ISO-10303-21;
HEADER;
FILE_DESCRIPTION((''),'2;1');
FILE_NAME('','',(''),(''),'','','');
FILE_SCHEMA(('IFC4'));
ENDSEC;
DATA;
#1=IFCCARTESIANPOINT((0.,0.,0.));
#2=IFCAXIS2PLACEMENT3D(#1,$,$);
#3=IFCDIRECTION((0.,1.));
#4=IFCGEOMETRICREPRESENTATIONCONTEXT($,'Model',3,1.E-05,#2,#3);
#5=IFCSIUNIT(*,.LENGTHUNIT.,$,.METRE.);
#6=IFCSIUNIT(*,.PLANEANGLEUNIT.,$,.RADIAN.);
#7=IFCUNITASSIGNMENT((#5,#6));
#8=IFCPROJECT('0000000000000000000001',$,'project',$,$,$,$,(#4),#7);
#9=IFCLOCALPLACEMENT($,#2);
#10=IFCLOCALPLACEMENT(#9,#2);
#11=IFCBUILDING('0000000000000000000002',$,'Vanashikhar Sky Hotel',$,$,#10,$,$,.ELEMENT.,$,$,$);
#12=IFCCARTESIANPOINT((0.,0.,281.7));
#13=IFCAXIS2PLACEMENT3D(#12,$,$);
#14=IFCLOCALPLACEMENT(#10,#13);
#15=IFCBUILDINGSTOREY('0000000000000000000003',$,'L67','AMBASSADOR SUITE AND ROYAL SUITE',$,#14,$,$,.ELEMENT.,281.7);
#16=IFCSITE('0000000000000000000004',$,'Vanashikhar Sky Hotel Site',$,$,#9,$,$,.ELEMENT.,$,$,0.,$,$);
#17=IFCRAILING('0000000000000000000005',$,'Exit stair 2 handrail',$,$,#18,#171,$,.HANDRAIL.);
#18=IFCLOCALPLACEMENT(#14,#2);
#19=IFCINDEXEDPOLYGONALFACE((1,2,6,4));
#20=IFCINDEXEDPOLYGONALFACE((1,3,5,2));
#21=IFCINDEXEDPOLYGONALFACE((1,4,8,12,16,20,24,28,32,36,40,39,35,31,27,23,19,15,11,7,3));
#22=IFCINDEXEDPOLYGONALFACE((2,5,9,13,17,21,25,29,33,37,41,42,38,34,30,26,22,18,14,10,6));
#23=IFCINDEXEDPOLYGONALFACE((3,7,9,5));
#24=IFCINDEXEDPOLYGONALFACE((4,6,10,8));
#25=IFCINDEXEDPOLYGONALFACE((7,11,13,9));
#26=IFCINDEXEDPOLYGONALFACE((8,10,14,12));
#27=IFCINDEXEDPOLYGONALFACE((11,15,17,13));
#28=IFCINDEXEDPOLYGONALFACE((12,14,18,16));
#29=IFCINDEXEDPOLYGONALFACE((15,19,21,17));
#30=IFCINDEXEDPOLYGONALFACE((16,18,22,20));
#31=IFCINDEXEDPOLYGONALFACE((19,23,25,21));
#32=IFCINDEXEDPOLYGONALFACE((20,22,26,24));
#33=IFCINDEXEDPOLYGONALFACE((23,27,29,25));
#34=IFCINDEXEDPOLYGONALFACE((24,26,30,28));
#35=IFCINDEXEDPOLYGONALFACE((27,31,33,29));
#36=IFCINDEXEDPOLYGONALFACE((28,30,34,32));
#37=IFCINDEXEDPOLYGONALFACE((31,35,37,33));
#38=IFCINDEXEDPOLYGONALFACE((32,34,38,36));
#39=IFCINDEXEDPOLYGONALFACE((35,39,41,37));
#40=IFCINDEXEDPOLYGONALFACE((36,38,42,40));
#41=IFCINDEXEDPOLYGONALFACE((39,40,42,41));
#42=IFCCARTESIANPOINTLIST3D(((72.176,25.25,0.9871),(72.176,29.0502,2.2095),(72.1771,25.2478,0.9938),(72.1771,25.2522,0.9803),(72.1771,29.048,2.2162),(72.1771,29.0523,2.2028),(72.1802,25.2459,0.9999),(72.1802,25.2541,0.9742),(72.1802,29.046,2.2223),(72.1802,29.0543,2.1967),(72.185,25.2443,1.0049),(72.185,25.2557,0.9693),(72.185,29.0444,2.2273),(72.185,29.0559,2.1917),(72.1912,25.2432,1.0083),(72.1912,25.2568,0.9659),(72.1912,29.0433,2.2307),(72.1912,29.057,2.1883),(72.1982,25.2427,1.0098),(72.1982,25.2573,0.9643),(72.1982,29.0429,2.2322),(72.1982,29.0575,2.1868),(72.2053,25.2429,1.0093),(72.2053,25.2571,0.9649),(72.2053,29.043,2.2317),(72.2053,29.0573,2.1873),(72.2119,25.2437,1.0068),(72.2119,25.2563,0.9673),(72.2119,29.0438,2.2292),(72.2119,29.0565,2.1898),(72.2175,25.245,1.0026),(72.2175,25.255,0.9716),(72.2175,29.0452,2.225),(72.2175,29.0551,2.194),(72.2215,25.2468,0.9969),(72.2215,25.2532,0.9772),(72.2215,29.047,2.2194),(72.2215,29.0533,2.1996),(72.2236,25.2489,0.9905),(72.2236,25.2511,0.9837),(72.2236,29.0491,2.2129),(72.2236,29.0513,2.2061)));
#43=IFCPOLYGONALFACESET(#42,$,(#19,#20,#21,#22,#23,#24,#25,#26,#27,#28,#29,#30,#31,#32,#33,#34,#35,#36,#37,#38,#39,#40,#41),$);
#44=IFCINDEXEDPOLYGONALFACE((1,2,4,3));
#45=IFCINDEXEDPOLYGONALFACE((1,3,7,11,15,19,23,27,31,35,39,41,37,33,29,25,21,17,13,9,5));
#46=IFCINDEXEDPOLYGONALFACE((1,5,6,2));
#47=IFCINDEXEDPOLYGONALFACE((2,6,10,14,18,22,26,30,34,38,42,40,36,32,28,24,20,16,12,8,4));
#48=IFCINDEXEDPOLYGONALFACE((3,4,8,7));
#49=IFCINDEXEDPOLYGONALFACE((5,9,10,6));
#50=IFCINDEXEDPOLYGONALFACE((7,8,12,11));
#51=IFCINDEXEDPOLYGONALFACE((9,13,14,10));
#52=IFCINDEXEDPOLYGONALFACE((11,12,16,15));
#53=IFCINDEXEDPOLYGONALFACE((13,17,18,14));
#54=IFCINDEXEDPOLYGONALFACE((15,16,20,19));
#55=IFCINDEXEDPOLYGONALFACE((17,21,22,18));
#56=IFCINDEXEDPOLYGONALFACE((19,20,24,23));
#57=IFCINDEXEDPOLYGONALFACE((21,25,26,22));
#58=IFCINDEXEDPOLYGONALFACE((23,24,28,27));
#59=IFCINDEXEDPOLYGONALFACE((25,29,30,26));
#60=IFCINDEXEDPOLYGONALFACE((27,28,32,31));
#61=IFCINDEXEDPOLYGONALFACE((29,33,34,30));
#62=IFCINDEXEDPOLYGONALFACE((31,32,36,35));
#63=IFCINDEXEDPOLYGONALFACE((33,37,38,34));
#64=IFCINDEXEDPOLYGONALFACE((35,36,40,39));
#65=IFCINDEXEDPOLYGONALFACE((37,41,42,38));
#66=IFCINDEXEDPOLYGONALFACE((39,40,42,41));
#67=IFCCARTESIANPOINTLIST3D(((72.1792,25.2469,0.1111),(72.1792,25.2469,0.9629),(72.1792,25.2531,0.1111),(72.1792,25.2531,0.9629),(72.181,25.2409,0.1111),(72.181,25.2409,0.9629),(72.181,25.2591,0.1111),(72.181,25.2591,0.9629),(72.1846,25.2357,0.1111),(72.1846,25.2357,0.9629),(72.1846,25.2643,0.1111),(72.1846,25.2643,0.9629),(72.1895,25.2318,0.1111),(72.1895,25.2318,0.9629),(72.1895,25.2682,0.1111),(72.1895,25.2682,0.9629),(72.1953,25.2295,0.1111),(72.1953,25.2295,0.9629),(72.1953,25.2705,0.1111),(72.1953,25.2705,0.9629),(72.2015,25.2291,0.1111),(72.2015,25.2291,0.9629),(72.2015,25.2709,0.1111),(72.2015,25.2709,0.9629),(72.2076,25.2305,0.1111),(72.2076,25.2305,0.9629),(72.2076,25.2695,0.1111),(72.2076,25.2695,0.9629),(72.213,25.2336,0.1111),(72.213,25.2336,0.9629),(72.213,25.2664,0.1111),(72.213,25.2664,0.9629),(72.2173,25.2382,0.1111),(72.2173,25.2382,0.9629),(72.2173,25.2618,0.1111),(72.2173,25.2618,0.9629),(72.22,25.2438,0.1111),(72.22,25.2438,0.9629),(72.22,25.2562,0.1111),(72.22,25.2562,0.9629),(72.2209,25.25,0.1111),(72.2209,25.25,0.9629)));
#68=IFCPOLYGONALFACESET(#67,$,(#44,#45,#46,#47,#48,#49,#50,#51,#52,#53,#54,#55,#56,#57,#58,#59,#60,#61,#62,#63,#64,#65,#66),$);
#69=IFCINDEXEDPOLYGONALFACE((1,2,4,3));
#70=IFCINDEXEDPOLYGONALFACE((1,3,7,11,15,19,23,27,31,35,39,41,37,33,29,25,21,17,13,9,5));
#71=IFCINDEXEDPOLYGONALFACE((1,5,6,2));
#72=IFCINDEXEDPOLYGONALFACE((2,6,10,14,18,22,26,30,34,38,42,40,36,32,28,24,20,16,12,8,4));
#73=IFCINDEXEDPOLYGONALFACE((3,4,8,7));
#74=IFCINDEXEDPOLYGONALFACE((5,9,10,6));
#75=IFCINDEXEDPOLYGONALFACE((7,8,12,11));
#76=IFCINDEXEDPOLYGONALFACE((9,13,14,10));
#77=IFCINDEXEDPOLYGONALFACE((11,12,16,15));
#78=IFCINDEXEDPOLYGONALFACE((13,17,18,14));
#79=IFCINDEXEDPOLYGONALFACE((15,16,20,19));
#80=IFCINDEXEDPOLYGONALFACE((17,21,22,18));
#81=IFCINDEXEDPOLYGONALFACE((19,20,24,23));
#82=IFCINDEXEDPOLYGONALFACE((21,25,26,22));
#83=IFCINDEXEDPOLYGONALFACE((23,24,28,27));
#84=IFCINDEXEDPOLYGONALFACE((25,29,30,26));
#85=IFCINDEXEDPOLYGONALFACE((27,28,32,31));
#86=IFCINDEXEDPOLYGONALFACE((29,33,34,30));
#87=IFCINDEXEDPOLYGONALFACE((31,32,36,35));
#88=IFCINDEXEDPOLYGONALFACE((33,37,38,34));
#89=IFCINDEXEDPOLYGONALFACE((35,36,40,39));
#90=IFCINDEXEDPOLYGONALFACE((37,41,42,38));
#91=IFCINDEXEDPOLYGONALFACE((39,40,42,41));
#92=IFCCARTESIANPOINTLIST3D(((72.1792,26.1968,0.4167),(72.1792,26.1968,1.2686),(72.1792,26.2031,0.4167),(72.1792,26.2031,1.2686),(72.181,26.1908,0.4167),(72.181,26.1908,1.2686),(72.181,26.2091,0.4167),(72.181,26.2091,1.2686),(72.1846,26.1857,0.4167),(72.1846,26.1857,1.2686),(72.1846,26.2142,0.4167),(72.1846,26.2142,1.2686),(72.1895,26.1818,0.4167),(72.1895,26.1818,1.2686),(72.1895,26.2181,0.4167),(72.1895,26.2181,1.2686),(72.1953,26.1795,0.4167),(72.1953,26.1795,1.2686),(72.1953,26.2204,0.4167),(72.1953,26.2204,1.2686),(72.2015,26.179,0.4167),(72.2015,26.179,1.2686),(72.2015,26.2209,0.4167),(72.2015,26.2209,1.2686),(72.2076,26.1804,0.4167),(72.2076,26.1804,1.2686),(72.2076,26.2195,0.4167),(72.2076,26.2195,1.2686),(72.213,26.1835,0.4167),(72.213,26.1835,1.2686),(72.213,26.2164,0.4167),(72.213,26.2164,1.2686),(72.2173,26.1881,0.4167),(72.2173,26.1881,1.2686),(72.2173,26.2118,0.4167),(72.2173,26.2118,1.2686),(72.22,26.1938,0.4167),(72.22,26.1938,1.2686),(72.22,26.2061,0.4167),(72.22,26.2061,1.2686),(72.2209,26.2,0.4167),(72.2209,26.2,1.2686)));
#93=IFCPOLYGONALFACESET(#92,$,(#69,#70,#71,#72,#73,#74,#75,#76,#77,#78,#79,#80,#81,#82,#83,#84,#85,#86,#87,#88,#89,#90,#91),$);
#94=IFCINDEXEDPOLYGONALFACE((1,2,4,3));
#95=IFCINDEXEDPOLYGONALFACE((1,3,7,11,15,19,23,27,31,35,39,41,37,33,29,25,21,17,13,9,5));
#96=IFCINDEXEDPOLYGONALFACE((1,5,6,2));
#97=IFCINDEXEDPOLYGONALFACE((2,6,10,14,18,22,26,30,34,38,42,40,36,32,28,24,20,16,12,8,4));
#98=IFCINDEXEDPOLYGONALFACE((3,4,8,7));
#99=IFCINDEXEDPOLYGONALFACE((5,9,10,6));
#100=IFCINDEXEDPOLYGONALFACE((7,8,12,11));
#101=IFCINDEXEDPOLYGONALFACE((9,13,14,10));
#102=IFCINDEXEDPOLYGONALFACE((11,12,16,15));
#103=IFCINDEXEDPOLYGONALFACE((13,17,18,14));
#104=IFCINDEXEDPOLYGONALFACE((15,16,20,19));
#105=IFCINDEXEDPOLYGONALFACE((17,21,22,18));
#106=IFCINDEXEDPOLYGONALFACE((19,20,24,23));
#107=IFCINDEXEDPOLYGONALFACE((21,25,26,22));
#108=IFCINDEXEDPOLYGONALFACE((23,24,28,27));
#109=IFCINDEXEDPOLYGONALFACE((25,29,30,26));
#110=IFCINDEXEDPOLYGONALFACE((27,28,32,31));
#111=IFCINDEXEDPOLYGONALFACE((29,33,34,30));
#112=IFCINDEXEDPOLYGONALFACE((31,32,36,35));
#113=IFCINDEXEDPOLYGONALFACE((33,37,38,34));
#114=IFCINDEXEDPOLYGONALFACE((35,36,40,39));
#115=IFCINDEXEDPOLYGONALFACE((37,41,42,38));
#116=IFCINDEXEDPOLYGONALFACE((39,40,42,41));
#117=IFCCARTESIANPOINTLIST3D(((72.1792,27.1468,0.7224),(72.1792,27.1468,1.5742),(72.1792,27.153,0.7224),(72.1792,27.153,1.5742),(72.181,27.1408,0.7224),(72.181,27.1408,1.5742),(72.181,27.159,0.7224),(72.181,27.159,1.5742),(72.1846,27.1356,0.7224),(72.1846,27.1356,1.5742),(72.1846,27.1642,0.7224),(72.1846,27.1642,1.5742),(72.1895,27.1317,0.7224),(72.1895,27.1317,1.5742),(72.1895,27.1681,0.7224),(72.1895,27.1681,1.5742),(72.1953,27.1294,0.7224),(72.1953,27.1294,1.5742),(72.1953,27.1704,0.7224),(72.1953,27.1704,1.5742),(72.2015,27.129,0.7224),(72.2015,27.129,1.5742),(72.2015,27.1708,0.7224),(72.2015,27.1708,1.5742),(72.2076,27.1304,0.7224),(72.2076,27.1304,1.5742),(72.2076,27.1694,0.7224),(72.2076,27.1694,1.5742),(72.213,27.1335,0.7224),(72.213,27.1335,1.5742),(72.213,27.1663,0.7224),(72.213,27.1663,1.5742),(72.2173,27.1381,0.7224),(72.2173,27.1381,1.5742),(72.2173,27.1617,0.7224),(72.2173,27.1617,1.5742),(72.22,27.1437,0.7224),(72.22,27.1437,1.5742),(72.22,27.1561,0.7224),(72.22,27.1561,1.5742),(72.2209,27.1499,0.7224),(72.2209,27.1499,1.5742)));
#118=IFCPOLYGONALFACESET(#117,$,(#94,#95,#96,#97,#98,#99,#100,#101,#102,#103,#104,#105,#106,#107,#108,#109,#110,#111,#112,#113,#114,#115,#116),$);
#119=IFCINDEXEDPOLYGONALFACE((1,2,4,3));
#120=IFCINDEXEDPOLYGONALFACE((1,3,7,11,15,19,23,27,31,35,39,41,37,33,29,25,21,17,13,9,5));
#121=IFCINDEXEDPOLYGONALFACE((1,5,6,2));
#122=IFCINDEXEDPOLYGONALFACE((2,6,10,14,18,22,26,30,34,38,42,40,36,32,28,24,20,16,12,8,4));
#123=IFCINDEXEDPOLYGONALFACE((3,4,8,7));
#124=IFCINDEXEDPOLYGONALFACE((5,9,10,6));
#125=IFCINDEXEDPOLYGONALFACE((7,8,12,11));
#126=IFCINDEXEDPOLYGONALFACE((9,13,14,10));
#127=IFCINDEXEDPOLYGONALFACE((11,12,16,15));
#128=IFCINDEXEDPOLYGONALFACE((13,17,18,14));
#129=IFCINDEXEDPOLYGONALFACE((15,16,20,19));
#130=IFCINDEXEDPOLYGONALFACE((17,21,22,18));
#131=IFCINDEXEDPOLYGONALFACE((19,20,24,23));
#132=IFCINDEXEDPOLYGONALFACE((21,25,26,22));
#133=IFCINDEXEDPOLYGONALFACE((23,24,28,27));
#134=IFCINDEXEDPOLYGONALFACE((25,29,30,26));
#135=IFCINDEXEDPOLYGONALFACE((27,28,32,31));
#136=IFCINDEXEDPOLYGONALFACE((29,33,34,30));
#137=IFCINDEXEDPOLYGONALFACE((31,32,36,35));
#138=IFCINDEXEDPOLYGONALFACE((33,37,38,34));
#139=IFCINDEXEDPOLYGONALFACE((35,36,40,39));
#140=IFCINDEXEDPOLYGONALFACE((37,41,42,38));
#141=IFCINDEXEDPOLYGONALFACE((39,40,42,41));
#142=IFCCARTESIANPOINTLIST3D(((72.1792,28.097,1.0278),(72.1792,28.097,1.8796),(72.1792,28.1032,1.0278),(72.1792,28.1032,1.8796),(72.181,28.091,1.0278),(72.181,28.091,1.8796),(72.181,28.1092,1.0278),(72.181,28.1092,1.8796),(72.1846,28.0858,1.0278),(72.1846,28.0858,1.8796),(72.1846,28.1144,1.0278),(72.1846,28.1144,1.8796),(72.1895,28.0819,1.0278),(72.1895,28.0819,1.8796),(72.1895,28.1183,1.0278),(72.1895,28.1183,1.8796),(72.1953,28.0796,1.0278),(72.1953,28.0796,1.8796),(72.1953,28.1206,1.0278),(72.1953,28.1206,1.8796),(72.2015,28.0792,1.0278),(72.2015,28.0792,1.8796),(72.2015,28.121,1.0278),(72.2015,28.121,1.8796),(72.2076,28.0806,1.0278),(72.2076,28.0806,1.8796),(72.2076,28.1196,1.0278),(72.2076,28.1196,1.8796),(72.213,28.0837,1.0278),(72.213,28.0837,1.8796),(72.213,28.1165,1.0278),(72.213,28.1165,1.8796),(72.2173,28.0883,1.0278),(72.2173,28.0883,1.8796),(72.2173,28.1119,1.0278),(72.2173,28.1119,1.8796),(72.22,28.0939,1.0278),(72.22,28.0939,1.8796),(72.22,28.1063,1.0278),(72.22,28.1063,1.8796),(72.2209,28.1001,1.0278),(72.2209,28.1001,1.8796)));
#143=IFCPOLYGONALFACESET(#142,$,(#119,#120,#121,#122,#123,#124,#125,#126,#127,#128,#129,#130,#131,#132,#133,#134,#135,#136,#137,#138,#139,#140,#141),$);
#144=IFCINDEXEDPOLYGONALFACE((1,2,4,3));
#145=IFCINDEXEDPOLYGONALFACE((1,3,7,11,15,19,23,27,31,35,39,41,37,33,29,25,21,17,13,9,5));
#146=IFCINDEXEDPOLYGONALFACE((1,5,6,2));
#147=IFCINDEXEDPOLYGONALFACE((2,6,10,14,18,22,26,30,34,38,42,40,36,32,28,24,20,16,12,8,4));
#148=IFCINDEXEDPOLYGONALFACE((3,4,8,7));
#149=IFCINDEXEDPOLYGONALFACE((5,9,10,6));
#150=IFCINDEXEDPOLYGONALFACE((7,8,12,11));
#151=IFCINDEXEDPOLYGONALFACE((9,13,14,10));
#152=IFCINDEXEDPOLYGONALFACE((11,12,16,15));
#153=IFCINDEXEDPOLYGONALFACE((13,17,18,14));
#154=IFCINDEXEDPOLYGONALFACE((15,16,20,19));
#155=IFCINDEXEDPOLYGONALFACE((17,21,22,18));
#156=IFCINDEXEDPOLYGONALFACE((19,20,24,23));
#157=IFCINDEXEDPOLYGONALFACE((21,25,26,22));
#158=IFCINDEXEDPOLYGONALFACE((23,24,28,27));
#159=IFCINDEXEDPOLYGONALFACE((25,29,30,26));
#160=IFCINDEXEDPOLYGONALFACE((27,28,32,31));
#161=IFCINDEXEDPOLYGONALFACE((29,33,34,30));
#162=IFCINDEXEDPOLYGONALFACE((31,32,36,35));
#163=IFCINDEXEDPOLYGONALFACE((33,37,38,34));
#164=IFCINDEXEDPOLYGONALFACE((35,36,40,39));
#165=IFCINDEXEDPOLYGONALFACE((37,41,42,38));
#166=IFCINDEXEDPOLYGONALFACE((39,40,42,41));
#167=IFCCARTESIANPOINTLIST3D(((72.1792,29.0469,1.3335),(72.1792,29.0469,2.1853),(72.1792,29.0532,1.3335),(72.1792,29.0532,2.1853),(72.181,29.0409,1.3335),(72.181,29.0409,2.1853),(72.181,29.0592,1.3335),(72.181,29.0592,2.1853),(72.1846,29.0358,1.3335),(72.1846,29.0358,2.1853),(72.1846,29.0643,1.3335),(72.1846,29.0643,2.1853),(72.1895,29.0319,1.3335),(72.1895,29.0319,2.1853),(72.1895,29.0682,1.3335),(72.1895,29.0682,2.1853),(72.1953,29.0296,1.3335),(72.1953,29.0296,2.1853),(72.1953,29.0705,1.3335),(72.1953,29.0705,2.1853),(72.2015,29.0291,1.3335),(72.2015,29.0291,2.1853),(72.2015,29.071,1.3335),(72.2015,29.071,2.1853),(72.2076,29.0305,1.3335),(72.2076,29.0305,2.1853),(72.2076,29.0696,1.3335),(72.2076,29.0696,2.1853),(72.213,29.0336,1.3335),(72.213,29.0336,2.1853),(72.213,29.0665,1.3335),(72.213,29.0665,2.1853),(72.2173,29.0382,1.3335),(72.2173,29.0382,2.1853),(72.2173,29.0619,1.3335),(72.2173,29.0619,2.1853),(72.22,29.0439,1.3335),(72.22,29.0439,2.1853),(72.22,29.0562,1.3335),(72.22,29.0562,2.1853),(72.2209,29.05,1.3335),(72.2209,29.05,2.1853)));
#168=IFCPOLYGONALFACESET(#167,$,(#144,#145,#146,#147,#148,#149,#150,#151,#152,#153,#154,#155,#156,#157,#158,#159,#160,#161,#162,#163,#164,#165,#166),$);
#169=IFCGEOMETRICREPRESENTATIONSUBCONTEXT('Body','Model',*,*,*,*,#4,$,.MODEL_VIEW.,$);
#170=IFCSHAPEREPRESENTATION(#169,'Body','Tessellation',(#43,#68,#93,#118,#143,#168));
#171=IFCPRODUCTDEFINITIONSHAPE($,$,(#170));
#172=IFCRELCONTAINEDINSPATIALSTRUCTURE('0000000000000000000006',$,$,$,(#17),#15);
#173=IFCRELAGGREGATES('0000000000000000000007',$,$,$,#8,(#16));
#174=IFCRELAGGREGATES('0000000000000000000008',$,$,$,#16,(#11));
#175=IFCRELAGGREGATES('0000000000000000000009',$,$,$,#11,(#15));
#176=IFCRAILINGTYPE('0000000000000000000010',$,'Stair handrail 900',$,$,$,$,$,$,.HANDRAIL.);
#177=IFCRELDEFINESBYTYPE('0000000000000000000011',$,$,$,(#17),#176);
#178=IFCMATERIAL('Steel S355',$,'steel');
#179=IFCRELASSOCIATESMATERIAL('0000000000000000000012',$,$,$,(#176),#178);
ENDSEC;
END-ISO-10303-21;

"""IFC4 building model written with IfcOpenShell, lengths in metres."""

from ifc_helpers import new_model, si_unit, direction, frame, origin, origin_2d, place, context, subcontext, project, spatial, circle, extrude, source, transform, mapped, material, type_object, element, save


model = new_model("IFC4")

# Units and contexts
model_context = context("Model", 3, precision=1e-05, world=origin(), true_north=direction((0.0, 1.0)))
body_context = subcontext(model_context, "Body", "Model", "MODEL_VIEW")
ifc_project = project(units=[si_unit("LENGTHUNIT", "METRE"), si_unit("PLANEANGLEUNIT", "RADIAN")], contexts=[model_context])

# Site, building, storey
site_placement = place(None, origin())
site = spatial("IfcSite", under=ifc_project, at=site_placement, Name="Vanashikhar Sky Hotel Site", CompositionType="ELEMENT", RefElevation=0.0)
building_placement = place(site_placement, origin())
building = spatial("IfcBuilding", under=site, at=building_placement, Name="Vanashikhar Sky Hotel", CompositionType="ELEMENT")
storey_placement = place(building_placement, frame((0.0, 0.0, 281.7)))
storey = spatial("IfcBuildingStorey", under=building, at=storey_placement, Name="L67", Description="AMBASSADOR SUITE AND ROYAL SUITE", CompositionType="ELEMENT", Elevation=281.7)

# Railing
ifc_material_1 = material(Name="Steel S355", Category="steel")
railing_type_1 = type_object("IfcRailingType", Name="Stair handrail 900", PredefinedType="HANDRAIL", material=ifc_material_1)
shared_shape_1 = source(origin(), body_context, "Body", "SweptSolid", [
    extrude(circle(Radius=0.0239, at=origin_2d()), frame((0.0, 0.0, 0.876), z_axis=(0.0, 0.951958, 0.306229), x_axis=(-1.0, 0.0, 0.0)), (0.0, 0.0, 1.0), 3.9919),
    extrude(circle(Radius=0.021, at=origin_2d()), origin(), (0.0, 0.0, 1.0), 0.8518),
    extrude(circle(Radius=0.021, at=origin_2d()), frame((0.0, 0.95, 0.3057)), (0.0, 0.0, 1.0), 0.8518),
    extrude(circle(Radius=0.021, at=origin_2d()), frame((0.0, 1.8999, 0.6113)), (0.0, 0.0, 1.0), 0.8518),
    extrude(circle(Radius=0.021, at=origin_2d()), frame((0.0, 2.8501, 0.9167)), (0.0, 0.0, 1.0), 0.8518),
    extrude(circle(Radius=0.021, at=origin_2d()), frame((0.0, 3.8, 1.2224)), (0.0, 0.0, 1.0), 0.8518),
])
railing_1_placement = place(storey_placement, frame((72.2, 25.25, 0.1111)))
element("IfcRailing", 1, at=railing_1_placement, inside=storey, type_object=railing_type_1, Name="Exit stair 2 handrail", PredefinedType="HANDRAIL", context=body_context, shape_type="MappedRepresentation", body=[
    mapped(shared_shape_1, transform((0.0, 0.0, 0.0), scale=1.0)),
])

save(model, "model.ifc")
